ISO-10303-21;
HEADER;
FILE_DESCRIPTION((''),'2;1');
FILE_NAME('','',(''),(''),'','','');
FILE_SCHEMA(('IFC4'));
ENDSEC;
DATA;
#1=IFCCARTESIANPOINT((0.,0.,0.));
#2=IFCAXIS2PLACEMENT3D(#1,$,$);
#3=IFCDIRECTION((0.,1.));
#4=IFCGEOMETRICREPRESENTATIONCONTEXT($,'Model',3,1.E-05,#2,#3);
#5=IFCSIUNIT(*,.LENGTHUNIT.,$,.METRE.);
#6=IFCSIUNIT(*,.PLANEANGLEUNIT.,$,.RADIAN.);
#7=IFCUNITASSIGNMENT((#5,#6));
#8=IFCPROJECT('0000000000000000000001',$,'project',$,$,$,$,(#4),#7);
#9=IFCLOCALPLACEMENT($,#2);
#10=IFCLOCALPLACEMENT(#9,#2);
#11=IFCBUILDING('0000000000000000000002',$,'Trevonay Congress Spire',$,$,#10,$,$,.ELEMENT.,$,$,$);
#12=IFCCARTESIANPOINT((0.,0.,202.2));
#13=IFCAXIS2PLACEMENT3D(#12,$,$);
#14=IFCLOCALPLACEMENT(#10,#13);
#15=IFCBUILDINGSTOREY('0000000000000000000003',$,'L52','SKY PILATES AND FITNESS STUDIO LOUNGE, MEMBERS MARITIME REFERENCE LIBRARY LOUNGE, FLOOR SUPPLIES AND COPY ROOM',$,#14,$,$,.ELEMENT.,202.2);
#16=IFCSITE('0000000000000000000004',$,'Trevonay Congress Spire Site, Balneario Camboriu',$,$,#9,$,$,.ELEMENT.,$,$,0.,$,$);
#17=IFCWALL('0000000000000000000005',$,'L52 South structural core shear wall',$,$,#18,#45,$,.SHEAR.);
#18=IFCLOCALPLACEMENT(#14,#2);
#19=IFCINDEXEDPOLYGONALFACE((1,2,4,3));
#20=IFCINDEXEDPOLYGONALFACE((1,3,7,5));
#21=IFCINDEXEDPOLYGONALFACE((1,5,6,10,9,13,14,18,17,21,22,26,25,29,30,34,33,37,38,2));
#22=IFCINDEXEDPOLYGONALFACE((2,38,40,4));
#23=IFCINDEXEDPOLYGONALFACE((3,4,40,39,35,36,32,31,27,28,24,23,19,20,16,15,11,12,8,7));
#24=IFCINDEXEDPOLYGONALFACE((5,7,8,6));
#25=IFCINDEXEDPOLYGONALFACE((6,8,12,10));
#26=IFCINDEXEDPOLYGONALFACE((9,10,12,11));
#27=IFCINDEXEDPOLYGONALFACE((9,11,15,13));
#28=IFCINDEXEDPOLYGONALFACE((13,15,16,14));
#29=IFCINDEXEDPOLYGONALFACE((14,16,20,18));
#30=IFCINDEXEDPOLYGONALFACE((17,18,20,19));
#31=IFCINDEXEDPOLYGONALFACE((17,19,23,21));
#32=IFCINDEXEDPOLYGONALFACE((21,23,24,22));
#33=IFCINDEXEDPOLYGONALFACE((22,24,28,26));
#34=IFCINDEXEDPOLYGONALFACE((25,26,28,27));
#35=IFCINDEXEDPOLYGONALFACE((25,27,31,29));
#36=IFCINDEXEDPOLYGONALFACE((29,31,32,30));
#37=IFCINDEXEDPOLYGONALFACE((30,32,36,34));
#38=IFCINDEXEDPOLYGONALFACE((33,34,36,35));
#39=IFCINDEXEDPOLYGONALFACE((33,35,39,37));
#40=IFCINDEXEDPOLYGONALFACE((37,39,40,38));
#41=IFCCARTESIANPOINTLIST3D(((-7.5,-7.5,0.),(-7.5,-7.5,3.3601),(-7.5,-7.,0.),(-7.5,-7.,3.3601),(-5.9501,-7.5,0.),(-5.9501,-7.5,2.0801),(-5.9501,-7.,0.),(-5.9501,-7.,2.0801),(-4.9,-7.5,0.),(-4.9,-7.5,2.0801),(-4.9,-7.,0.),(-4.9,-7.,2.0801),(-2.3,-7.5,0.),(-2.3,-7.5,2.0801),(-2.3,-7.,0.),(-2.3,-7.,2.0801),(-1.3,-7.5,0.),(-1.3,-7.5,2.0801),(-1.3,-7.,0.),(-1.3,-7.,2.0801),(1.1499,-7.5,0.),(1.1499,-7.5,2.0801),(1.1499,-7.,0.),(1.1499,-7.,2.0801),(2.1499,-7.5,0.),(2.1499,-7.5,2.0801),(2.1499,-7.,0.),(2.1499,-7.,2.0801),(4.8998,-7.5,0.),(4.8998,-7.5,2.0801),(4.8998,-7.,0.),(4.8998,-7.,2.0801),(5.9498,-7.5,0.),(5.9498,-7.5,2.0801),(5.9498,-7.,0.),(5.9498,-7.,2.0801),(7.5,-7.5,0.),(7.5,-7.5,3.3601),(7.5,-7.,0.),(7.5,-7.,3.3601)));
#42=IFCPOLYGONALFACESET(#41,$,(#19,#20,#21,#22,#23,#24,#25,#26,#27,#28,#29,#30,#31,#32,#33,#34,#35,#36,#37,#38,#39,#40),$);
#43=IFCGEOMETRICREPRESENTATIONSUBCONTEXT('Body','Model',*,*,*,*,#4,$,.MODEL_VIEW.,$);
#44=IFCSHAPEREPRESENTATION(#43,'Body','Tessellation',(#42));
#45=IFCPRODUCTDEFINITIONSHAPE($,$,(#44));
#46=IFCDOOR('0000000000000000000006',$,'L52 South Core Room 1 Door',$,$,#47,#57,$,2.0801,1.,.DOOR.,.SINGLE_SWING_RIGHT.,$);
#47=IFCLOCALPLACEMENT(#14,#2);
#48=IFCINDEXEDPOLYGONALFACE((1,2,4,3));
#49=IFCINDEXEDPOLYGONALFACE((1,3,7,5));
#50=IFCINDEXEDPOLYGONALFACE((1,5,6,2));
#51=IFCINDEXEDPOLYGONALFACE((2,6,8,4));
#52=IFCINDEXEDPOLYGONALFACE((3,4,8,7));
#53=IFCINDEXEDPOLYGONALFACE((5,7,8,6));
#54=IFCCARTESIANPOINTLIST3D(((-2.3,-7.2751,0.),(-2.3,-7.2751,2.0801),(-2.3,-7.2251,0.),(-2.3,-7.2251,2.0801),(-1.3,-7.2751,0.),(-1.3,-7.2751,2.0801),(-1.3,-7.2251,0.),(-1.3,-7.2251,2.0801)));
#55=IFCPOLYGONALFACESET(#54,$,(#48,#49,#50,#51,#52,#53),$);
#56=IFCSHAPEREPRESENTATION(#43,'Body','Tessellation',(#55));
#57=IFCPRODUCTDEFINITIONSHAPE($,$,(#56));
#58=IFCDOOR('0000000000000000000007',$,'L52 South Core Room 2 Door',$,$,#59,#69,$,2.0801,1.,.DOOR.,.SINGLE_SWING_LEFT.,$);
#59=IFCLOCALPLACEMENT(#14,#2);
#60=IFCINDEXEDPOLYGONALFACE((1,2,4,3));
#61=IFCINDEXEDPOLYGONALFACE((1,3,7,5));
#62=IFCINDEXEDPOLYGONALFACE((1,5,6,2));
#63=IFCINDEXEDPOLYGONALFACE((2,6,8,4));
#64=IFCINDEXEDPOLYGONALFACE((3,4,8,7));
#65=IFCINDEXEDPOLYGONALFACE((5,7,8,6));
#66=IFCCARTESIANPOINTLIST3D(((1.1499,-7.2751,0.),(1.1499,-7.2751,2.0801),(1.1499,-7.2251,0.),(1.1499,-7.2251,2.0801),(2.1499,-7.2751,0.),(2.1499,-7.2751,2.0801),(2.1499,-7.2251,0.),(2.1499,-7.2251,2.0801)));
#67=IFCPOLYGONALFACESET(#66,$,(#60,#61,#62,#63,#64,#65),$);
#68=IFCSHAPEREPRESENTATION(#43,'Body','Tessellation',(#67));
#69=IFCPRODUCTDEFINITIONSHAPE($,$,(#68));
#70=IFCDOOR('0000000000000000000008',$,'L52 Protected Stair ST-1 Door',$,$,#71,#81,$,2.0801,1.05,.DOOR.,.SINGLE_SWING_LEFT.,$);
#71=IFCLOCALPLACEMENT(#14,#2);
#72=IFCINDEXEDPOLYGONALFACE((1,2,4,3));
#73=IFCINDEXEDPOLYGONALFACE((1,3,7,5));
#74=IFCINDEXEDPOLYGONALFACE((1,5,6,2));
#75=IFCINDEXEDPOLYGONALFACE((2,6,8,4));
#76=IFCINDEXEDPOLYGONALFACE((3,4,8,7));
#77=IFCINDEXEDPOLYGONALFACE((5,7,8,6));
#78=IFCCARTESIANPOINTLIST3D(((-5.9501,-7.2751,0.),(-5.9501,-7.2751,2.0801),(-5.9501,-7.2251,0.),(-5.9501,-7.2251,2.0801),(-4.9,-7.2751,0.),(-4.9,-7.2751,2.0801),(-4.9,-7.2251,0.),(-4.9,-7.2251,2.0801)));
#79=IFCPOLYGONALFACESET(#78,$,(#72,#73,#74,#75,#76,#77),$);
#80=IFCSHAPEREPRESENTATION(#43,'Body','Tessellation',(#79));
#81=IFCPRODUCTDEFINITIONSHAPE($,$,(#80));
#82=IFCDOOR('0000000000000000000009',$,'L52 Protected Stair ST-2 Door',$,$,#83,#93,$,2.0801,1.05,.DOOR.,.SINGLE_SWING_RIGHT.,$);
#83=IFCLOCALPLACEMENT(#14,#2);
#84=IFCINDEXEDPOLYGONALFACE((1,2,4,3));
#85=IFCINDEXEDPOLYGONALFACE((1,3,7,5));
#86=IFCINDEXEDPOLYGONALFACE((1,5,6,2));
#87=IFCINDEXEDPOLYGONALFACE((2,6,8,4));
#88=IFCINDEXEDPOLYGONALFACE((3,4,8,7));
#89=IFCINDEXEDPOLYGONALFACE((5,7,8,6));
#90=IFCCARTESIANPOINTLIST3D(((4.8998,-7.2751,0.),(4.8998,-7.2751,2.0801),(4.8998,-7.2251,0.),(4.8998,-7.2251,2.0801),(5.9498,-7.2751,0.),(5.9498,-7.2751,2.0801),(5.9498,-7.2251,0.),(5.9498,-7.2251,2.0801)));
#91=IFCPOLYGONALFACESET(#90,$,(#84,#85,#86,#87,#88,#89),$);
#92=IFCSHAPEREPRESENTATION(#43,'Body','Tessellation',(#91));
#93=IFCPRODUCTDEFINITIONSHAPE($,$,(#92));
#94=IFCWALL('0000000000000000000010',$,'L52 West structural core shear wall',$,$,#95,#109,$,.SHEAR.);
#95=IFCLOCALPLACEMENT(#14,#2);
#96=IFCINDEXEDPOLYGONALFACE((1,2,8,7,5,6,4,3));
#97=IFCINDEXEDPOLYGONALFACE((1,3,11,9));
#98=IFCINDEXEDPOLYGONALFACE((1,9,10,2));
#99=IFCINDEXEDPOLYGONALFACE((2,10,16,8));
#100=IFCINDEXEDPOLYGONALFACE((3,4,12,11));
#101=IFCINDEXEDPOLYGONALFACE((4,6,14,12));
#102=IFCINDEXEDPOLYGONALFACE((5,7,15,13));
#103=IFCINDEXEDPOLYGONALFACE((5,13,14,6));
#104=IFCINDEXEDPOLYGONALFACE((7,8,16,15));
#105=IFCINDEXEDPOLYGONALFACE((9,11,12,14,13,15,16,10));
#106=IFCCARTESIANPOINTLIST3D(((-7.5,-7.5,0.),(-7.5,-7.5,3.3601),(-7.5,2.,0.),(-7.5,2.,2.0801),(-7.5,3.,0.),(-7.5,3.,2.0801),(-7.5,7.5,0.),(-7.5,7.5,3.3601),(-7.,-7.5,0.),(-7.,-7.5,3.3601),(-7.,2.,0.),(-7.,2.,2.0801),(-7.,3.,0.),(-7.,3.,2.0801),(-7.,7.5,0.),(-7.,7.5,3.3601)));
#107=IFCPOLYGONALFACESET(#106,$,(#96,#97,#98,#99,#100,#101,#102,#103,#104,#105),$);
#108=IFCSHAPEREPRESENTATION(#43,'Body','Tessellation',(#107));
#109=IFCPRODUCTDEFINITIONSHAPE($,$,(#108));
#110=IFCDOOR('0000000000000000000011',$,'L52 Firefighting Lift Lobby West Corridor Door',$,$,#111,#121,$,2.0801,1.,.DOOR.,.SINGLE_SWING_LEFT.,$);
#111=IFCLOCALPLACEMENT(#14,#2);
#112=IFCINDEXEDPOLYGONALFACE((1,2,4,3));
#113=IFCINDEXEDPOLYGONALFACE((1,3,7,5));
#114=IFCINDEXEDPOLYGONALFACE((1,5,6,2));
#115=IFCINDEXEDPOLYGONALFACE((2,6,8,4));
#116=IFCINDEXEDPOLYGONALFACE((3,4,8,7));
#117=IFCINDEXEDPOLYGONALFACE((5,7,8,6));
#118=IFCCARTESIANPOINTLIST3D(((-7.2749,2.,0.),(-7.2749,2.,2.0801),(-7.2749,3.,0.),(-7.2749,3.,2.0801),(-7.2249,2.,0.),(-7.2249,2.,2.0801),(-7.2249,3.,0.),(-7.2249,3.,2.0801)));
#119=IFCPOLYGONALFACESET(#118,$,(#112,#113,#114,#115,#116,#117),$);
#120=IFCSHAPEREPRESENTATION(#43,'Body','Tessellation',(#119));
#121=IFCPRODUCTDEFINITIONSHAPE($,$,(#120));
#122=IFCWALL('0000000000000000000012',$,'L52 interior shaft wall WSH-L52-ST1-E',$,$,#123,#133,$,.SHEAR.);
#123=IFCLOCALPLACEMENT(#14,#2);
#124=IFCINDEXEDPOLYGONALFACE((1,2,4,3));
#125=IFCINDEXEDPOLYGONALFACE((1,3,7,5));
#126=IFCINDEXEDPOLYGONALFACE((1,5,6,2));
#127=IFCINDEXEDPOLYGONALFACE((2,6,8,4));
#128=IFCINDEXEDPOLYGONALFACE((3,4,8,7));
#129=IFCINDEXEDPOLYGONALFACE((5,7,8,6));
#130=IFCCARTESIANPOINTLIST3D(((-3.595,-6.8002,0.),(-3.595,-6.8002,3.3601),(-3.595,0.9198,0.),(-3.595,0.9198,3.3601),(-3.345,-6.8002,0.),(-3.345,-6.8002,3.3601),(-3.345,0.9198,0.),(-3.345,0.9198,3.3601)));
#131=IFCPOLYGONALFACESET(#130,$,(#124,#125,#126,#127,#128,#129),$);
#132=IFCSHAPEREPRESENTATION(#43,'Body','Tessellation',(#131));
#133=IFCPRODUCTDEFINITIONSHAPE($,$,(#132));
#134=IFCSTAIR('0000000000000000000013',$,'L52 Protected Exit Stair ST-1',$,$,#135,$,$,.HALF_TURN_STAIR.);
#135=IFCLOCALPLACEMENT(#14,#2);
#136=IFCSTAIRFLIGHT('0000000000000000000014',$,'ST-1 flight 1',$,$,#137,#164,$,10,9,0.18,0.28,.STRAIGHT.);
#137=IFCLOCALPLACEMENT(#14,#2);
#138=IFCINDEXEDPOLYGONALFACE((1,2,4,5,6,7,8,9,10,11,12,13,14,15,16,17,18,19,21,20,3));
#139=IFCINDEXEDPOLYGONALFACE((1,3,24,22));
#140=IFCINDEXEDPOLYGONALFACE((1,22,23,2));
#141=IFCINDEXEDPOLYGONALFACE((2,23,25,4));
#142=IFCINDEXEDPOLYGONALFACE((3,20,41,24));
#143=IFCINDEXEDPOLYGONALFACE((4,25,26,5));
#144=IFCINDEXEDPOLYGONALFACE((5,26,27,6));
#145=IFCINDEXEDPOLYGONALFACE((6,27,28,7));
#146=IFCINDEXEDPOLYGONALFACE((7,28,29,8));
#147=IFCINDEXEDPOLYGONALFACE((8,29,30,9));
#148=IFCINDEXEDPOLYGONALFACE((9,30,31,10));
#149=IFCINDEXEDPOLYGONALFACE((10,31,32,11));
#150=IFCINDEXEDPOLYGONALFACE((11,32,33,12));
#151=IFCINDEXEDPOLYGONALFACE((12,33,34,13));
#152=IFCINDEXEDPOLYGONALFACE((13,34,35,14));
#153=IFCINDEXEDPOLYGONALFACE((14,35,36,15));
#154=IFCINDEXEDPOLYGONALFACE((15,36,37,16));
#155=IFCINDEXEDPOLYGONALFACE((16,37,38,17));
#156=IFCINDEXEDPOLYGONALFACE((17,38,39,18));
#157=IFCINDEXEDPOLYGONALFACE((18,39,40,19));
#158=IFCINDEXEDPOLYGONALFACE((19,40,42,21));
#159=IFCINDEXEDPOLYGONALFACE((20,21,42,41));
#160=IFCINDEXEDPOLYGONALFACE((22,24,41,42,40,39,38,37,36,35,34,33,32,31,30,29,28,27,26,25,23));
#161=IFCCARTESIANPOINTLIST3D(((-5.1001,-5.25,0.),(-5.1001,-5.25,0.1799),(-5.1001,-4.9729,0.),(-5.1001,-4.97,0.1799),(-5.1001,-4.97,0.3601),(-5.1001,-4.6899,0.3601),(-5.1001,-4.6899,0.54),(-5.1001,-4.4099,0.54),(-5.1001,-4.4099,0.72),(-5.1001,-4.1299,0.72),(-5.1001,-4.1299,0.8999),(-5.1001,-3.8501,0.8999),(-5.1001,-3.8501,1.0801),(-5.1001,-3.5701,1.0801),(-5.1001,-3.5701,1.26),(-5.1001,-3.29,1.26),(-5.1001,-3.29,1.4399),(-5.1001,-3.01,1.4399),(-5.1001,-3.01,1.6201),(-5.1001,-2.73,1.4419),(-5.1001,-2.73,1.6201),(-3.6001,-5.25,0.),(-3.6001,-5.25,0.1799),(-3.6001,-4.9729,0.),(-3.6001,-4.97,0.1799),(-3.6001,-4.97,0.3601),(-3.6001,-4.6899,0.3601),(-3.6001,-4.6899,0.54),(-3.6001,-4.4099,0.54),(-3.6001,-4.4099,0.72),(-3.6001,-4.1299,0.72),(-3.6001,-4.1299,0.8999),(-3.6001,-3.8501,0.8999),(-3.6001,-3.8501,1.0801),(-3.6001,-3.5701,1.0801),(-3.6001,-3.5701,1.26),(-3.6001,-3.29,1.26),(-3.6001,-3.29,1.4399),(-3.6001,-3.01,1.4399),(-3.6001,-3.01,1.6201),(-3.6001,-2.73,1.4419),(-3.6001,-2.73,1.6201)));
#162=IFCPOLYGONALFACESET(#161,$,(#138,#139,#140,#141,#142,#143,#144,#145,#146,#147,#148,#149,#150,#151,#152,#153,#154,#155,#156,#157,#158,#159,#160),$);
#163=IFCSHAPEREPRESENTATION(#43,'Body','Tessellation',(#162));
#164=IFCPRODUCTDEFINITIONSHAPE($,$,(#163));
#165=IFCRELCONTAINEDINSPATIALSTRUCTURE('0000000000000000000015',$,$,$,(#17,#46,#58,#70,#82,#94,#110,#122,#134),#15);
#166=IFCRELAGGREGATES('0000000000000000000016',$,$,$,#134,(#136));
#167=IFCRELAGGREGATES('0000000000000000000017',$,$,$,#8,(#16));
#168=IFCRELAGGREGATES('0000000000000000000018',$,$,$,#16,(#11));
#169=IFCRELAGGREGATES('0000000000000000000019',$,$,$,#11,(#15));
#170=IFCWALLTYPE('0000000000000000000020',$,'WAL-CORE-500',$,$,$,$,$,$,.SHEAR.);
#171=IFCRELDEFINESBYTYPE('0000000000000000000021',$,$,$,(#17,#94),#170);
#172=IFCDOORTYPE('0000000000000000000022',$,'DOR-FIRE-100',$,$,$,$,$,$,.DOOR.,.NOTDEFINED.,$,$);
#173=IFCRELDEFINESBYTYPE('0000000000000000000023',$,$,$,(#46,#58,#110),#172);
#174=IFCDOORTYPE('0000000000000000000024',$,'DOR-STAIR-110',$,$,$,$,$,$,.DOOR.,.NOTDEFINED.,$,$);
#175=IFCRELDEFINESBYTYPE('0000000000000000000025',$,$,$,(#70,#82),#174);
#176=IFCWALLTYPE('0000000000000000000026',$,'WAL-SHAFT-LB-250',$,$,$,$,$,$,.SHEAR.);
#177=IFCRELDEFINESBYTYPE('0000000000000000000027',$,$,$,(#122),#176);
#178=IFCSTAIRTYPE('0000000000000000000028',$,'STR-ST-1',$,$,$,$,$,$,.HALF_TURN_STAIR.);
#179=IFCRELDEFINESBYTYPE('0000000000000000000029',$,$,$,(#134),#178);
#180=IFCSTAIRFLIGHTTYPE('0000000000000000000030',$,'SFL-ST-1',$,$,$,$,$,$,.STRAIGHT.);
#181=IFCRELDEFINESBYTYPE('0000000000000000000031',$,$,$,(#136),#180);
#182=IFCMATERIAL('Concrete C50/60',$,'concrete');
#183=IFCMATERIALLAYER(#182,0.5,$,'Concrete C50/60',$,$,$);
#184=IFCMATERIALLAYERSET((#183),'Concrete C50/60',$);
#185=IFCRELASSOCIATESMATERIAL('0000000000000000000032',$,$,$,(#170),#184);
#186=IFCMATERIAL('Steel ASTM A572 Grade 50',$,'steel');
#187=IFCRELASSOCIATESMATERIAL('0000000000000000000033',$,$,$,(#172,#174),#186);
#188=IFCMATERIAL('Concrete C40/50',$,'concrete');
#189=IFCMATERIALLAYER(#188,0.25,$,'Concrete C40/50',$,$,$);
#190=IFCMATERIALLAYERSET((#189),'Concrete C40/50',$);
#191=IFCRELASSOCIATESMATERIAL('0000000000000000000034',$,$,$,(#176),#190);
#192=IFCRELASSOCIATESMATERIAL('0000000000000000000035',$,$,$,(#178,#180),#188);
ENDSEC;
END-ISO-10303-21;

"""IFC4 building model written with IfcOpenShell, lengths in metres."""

from ifc_helpers import new_model, si_unit, direction, frame, frame_2d, origin, place, context, subcontext, project, spatial, polyline, rectangle, outline, extrude, material, layer, layer_set, type_object, element, fill, aggregate, save


model = new_model("IFC4")

# Units and contexts
model_context = context("Model", 3, precision=1e-05, world=origin(), true_north=direction((0.0, 1.0)))
body_context = subcontext(model_context, "Body", "Model", "MODEL_VIEW")
ifc_project = project(units=[si_unit("LENGTHUNIT", "METRE"), si_unit("PLANEANGLEUNIT", "RADIAN")], contexts=[model_context])

# Site, building, storey
site_placement = place(None, origin())
site = spatial("IfcSite", under=ifc_project, at=site_placement, Name="Trevonay Congress Spire Site, Balneario Camboriu", CompositionType="ELEMENT", RefElevation=0.0)
building_placement = place(site_placement, origin())
building = spatial("IfcBuilding", under=site, at=building_placement, Name="Trevonay Congress Spire", CompositionType="ELEMENT")
storey_placement = place(building_placement, frame((0.0, 0.0, 202.2)))
storey = spatial("IfcBuildingStorey", under=building, at=storey_placement, Name="L52", Description="SKY PILATES AND FITNESS STUDIO LOUNGE, MEMBERS MARITIME REFERENCE LIBRARY LOUNGE, FLOOR SUPPLIES AND COPY ROOM", CompositionType="ELEMENT", Elevation=202.2)

# Shared definitions
ifc_material_1 = material(Name="Steel ASTM A572 Grade 50", Category="steel")

# Wall, openings, doors
ifc_material_2 = material(Name="Concrete C50/60", Category="concrete")
ifc_layer_1 = layer(ifc_material_2, 0.5, Name="Concrete C50/60")
ifc_layer_set_1 = layer_set([ifc_layer_1], Name="Concrete C50/60")
wall_type_1 = type_object("IfcWallType", Name="WAL-CORE-500", PredefinedType="SHEAR", material=ifc_layer_set_1)
wall_1_placement = place(storey_placement, frame((-7.5, -7.25, 0.0), z_axis=(0.0, 0.0, 1.0), x_axis=(1.0, 0.0, 0.0)))
wall_1 = element("IfcWall", 1, at=wall_1_placement, inside=storey, type_object=wall_type_1, Name="L52 South structural core shear wall", PredefinedType="SHEAR", context=body_context, shape_type="SweptSolid", body=[
    extrude(rectangle(XDim=15.0, YDim=0.5, at=frame_2d((7.5, 0.0))), origin(), (0.0, 0.0, 1.0), 3.3601),
])
opening_1_placement = place(wall_1_placement, frame((1.55, 0.0, 0.0)))
opening_1 = element("IfcOpeningElement", 2, at=opening_1_placement, cuts=wall_1, PredefinedType="OPENING", context=body_context, shape_type="SweptSolid", body=[
    extrude(rectangle(XDim=1.05, YDim=2.0801, at=frame_2d((0.5249, 1.04))), frame((0.0, 0.26, 0.0), z_axis=(0.0, -1.0, 0.0), x_axis=(1.0, 0.0, 0.0)), (0.0, 0.0, 1.0), 0.52),
])
opening_2_placement = place(wall_1_placement, frame((12.3999, 0.0, 0.0)))
opening_2 = element("IfcOpeningElement", 3, at=opening_2_placement, cuts=wall_1, PredefinedType="OPENING", context=body_context, shape_type="SweptSolid", body=[
    extrude(rectangle(XDim=1.05, YDim=2.0801, at=frame_2d((0.5249, 1.04))), frame((0.0, 0.26, 0.0), z_axis=(0.0, -1.0, 0.0), x_axis=(1.0, 0.0, 0.0)), (0.0, 0.0, 1.0), 0.52),
])
opening_3_placement = place(wall_1_placement, frame((5.2, 0.0, 0.0)))
opening_3 = element("IfcOpeningElement", 4, at=opening_3_placement, cuts=wall_1, PredefinedType="OPENING", context=body_context, shape_type="SweptSolid", body=[
    extrude(rectangle(XDim=1.0, YDim=2.0801, at=frame_2d((0.5, 1.04))), frame((0.0, 0.26, 0.0), z_axis=(0.0, -1.0, 0.0), x_axis=(1.0, 0.0, 0.0)), (0.0, 0.0, 1.0), 0.52),
])
opening_4_placement = place(wall_1_placement, frame((8.6499, 0.0, 0.0)))
opening_4 = element("IfcOpeningElement", 5, at=opening_4_placement, cuts=wall_1, PredefinedType="OPENING", context=body_context, shape_type="SweptSolid", body=[
    extrude(rectangle(XDim=1.0, YDim=2.0801, at=frame_2d((0.5, 1.04))), frame((0.0, 0.26, 0.0), z_axis=(0.0, -1.0, 0.0), x_axis=(1.0, 0.0, 0.0)), (0.0, 0.0, 1.0), 0.52),
])
door_type_1 = type_object("IfcDoorType", Name="DOR-FIRE-100", OperationType="NOTDEFINED", PredefinedType="DOOR", material=ifc_material_1)
door_1_placement = place(opening_3_placement, origin())
door_1 = element("IfcDoor", 6, at=door_1_placement, inside=storey, type_object=door_type_1, Name="L52 South Core Room 1 Door", OperationType="SINGLE_SWING_RIGHT", OverallHeight=2.0801, OverallWidth=1.0, PredefinedType="DOOR", context=body_context, shape_type="SweptSolid", body=[
    extrude(rectangle(XDim=1.0, YDim=2.0801, at=frame_2d((0.5, 1.04))), frame((0.0, 0.0249, 0.0), z_axis=(0.0, -1.0, 0.0), x_axis=(1.0, 0.0, 0.0)), (0.0, 0.0, 1.0), 0.05),
])
fill(opening_3, door_1)
door_2_placement = place(opening_4_placement, origin())
door_2 = element("IfcDoor", 7, at=door_2_placement, inside=storey, type_object=door_type_1, Name="L52 South Core Room 2 Door", OperationType="SINGLE_SWING_LEFT", OverallHeight=2.0801, OverallWidth=1.0, PredefinedType="DOOR", context=body_context, shape_type="SweptSolid", body=[
    extrude(rectangle(XDim=1.0, YDim=2.0801, at=frame_2d((0.5, 1.04))), frame((0.0, 0.0249, 0.0), z_axis=(0.0, -1.0, 0.0), x_axis=(1.0, 0.0, 0.0)), (0.0, 0.0, 1.0), 0.05),
])
fill(opening_4, door_2)
door_type_2 = type_object("IfcDoorType", Name="DOR-STAIR-110", OperationType="NOTDEFINED", PredefinedType="DOOR", material=ifc_material_1)
door_3_placement = place(opening_1_placement, origin())
door_3 = element("IfcDoor", 8, at=door_3_placement, inside=storey, type_object=door_type_2, Name="L52 Protected Stair ST-1 Door", OperationType="SINGLE_SWING_LEFT", OverallHeight=2.0801, OverallWidth=1.05, PredefinedType="DOOR", context=body_context, shape_type="SweptSolid", body=[
    extrude(rectangle(XDim=1.05, YDim=2.0801, at=frame_2d((0.5249, 1.04))), frame((0.0, 0.0249, 0.0), z_axis=(0.0, -1.0, 0.0), x_axis=(1.0, 0.0, 0.0)), (0.0, 0.0, 1.0), 0.05),
])
fill(opening_1, door_3)
door_4_placement = place(opening_2_placement, origin())
door_4 = element("IfcDoor", 9, at=door_4_placement, inside=storey, type_object=door_type_2, Name="L52 Protected Stair ST-2 Door", OperationType="SINGLE_SWING_RIGHT", OverallHeight=2.0801, OverallWidth=1.05, PredefinedType="DOOR", context=body_context, shape_type="SweptSolid", body=[
    extrude(rectangle(XDim=1.05, YDim=2.0801, at=frame_2d((0.5249, 1.04))), frame((0.0, 0.0249, 0.0), z_axis=(0.0, -1.0, 0.0), x_axis=(1.0, 0.0, 0.0)), (0.0, 0.0, 1.0), 0.05),
])
fill(opening_2, door_4)

# Wall, opening, door
wall_2_placement = place(storey_placement, frame((-7.25, -7.5, 0.0), z_axis=(0.0, 0.0, 1.0), x_axis=(0.0, 1.0, 0.0)))
wall_2 = element("IfcWall", 10, at=wall_2_placement, inside=storey, type_object=wall_type_1, Name="L52 West structural core shear wall", PredefinedType="SHEAR", context=body_context, shape_type="SweptSolid", body=[
    extrude(rectangle(XDim=15.0, YDim=0.5, at=frame_2d((7.5, 0.0))), origin(), (0.0, 0.0, 1.0), 3.3601),
])
opening_5_placement = place(wall_2_placement, frame((9.5, 0.0, 0.0)))
opening_5 = element("IfcOpeningElement", 11, at=opening_5_placement, cuts=wall_2, PredefinedType="OPENING", context=body_context, shape_type="SweptSolid", body=[
    extrude(rectangle(XDim=1.0, YDim=2.0801, at=frame_2d((0.5, 1.04))), frame((0.0, 0.26, 0.0), z_axis=(0.0, -1.0, 0.0), x_axis=(1.0, 0.0, 0.0)), (0.0, 0.0, 1.0), 0.52),
])
door_5_placement = place(opening_5_placement, origin())
door_5 = element("IfcDoor", 12, at=door_5_placement, inside=storey, type_object=door_type_1, Name="L52 Firefighting Lift Lobby West Corridor Door", OperationType="SINGLE_SWING_LEFT", OverallHeight=2.0801, OverallWidth=1.0, PredefinedType="DOOR", context=body_context, shape_type="SweptSolid", body=[
    extrude(rectangle(XDim=1.0, YDim=2.0801, at=frame_2d((0.5, 1.04))), frame((0.0, 0.0249, 0.0), z_axis=(0.0, -1.0, 0.0), x_axis=(1.0, 0.0, 0.0)), (0.0, 0.0, 1.0), 0.05),
])
fill(opening_5, door_5)

# Wall
ifc_material_3 = material(Name="Concrete C40/50", Category="concrete")
ifc_layer_2 = layer(ifc_material_3, 0.25, Name="Concrete C40/50")
ifc_layer_set_2 = layer_set([ifc_layer_2], Name="Concrete C40/50")
wall_type_2 = type_object("IfcWallType", Name="WAL-SHAFT-LB-250", PredefinedType="SHEAR", material=ifc_layer_set_2)
wall_3_placement = place(storey_placement, frame((-3.47, -6.8, 0.0), z_axis=(0.0, 0.0, 1.0), x_axis=(0.0, 1.0, 0.0)))
element("IfcWall", 13, at=wall_3_placement, inside=storey, type_object=wall_type_2, Name="L52 interior shaft wall WSH-L52-ST1-E", PredefinedType="SHEAR", context=body_context, shape_type="SweptSolid", body=[
    extrude(rectangle(XDim=7.72, YDim=0.25, at=frame_2d((3.8599, 0.0))), origin(), (0.0, 0.0, 1.0), 3.3601),
])

# Stair, stair flight
stair_type = type_object("IfcStairType", Name="STR-ST-1", PredefinedType="HALF_TURN_STAIR", material=ifc_material_3)
stair_placement = place(storey_placement, origin())
stair = element("IfcStair", 14, at=stair_placement, inside=storey, type_object=stair_type, Name="L52 Protected Exit Stair ST-1", PredefinedType="HALF_TURN_STAIR")
stair_flight_type = type_object("IfcStairFlightType", Name="SFL-ST-1", PredefinedType="STRAIGHT", material=ifc_material_3)
stair_flight_1_placement = place(storey_placement, frame((-4.3501, -5.25, 0.0), z_axis=(0.0, 0.0, 1.0), x_axis=(0.0, 1.0, 0.0)))
stair_flight_1 = element("IfcStairFlight", 15, at=stair_flight_1_placement, type_object=stair_flight_type, Name="ST-1 flight 1", NumberOfRisers=10, NumberOfTreads=9, PredefinedType="STRAIGHT", RiserHeight=0.18, TreadLength=0.28, context=body_context, shape_type="SweptSolid", body=[
    extrude(outline(polyline([(0.0, 0.0), (0.0, 0.1799), (0.28, 0.1799), (0.28, 0.3601), (0.5601, 0.3601), (0.5601, 0.54), (0.8401, 0.54), (0.8401, 0.72), (1.1201, 0.72), (1.1201, 0.8999), (1.3999, 0.8999), (1.3999, 1.0801), (1.6799, 1.0801), (1.6799, 1.26), (1.96, 1.26), (1.96, 1.4399), (2.24, 1.4399), (2.24, 1.6201), (2.52, 1.6201), (2.52, 1.8), (2.52, 1.4419), (0.2771, 0.0), (0.0, 0.0)])), frame((0.0, 0.75, 0.0), z_axis=(0.0, -1.0, 0.0), x_axis=(1.0, 0.0, 0.0)), (0.0, 0.0, 1.0), 1.5),
])
aggregate(stair, [stair_flight_1])

save(model, "model.ifc")
